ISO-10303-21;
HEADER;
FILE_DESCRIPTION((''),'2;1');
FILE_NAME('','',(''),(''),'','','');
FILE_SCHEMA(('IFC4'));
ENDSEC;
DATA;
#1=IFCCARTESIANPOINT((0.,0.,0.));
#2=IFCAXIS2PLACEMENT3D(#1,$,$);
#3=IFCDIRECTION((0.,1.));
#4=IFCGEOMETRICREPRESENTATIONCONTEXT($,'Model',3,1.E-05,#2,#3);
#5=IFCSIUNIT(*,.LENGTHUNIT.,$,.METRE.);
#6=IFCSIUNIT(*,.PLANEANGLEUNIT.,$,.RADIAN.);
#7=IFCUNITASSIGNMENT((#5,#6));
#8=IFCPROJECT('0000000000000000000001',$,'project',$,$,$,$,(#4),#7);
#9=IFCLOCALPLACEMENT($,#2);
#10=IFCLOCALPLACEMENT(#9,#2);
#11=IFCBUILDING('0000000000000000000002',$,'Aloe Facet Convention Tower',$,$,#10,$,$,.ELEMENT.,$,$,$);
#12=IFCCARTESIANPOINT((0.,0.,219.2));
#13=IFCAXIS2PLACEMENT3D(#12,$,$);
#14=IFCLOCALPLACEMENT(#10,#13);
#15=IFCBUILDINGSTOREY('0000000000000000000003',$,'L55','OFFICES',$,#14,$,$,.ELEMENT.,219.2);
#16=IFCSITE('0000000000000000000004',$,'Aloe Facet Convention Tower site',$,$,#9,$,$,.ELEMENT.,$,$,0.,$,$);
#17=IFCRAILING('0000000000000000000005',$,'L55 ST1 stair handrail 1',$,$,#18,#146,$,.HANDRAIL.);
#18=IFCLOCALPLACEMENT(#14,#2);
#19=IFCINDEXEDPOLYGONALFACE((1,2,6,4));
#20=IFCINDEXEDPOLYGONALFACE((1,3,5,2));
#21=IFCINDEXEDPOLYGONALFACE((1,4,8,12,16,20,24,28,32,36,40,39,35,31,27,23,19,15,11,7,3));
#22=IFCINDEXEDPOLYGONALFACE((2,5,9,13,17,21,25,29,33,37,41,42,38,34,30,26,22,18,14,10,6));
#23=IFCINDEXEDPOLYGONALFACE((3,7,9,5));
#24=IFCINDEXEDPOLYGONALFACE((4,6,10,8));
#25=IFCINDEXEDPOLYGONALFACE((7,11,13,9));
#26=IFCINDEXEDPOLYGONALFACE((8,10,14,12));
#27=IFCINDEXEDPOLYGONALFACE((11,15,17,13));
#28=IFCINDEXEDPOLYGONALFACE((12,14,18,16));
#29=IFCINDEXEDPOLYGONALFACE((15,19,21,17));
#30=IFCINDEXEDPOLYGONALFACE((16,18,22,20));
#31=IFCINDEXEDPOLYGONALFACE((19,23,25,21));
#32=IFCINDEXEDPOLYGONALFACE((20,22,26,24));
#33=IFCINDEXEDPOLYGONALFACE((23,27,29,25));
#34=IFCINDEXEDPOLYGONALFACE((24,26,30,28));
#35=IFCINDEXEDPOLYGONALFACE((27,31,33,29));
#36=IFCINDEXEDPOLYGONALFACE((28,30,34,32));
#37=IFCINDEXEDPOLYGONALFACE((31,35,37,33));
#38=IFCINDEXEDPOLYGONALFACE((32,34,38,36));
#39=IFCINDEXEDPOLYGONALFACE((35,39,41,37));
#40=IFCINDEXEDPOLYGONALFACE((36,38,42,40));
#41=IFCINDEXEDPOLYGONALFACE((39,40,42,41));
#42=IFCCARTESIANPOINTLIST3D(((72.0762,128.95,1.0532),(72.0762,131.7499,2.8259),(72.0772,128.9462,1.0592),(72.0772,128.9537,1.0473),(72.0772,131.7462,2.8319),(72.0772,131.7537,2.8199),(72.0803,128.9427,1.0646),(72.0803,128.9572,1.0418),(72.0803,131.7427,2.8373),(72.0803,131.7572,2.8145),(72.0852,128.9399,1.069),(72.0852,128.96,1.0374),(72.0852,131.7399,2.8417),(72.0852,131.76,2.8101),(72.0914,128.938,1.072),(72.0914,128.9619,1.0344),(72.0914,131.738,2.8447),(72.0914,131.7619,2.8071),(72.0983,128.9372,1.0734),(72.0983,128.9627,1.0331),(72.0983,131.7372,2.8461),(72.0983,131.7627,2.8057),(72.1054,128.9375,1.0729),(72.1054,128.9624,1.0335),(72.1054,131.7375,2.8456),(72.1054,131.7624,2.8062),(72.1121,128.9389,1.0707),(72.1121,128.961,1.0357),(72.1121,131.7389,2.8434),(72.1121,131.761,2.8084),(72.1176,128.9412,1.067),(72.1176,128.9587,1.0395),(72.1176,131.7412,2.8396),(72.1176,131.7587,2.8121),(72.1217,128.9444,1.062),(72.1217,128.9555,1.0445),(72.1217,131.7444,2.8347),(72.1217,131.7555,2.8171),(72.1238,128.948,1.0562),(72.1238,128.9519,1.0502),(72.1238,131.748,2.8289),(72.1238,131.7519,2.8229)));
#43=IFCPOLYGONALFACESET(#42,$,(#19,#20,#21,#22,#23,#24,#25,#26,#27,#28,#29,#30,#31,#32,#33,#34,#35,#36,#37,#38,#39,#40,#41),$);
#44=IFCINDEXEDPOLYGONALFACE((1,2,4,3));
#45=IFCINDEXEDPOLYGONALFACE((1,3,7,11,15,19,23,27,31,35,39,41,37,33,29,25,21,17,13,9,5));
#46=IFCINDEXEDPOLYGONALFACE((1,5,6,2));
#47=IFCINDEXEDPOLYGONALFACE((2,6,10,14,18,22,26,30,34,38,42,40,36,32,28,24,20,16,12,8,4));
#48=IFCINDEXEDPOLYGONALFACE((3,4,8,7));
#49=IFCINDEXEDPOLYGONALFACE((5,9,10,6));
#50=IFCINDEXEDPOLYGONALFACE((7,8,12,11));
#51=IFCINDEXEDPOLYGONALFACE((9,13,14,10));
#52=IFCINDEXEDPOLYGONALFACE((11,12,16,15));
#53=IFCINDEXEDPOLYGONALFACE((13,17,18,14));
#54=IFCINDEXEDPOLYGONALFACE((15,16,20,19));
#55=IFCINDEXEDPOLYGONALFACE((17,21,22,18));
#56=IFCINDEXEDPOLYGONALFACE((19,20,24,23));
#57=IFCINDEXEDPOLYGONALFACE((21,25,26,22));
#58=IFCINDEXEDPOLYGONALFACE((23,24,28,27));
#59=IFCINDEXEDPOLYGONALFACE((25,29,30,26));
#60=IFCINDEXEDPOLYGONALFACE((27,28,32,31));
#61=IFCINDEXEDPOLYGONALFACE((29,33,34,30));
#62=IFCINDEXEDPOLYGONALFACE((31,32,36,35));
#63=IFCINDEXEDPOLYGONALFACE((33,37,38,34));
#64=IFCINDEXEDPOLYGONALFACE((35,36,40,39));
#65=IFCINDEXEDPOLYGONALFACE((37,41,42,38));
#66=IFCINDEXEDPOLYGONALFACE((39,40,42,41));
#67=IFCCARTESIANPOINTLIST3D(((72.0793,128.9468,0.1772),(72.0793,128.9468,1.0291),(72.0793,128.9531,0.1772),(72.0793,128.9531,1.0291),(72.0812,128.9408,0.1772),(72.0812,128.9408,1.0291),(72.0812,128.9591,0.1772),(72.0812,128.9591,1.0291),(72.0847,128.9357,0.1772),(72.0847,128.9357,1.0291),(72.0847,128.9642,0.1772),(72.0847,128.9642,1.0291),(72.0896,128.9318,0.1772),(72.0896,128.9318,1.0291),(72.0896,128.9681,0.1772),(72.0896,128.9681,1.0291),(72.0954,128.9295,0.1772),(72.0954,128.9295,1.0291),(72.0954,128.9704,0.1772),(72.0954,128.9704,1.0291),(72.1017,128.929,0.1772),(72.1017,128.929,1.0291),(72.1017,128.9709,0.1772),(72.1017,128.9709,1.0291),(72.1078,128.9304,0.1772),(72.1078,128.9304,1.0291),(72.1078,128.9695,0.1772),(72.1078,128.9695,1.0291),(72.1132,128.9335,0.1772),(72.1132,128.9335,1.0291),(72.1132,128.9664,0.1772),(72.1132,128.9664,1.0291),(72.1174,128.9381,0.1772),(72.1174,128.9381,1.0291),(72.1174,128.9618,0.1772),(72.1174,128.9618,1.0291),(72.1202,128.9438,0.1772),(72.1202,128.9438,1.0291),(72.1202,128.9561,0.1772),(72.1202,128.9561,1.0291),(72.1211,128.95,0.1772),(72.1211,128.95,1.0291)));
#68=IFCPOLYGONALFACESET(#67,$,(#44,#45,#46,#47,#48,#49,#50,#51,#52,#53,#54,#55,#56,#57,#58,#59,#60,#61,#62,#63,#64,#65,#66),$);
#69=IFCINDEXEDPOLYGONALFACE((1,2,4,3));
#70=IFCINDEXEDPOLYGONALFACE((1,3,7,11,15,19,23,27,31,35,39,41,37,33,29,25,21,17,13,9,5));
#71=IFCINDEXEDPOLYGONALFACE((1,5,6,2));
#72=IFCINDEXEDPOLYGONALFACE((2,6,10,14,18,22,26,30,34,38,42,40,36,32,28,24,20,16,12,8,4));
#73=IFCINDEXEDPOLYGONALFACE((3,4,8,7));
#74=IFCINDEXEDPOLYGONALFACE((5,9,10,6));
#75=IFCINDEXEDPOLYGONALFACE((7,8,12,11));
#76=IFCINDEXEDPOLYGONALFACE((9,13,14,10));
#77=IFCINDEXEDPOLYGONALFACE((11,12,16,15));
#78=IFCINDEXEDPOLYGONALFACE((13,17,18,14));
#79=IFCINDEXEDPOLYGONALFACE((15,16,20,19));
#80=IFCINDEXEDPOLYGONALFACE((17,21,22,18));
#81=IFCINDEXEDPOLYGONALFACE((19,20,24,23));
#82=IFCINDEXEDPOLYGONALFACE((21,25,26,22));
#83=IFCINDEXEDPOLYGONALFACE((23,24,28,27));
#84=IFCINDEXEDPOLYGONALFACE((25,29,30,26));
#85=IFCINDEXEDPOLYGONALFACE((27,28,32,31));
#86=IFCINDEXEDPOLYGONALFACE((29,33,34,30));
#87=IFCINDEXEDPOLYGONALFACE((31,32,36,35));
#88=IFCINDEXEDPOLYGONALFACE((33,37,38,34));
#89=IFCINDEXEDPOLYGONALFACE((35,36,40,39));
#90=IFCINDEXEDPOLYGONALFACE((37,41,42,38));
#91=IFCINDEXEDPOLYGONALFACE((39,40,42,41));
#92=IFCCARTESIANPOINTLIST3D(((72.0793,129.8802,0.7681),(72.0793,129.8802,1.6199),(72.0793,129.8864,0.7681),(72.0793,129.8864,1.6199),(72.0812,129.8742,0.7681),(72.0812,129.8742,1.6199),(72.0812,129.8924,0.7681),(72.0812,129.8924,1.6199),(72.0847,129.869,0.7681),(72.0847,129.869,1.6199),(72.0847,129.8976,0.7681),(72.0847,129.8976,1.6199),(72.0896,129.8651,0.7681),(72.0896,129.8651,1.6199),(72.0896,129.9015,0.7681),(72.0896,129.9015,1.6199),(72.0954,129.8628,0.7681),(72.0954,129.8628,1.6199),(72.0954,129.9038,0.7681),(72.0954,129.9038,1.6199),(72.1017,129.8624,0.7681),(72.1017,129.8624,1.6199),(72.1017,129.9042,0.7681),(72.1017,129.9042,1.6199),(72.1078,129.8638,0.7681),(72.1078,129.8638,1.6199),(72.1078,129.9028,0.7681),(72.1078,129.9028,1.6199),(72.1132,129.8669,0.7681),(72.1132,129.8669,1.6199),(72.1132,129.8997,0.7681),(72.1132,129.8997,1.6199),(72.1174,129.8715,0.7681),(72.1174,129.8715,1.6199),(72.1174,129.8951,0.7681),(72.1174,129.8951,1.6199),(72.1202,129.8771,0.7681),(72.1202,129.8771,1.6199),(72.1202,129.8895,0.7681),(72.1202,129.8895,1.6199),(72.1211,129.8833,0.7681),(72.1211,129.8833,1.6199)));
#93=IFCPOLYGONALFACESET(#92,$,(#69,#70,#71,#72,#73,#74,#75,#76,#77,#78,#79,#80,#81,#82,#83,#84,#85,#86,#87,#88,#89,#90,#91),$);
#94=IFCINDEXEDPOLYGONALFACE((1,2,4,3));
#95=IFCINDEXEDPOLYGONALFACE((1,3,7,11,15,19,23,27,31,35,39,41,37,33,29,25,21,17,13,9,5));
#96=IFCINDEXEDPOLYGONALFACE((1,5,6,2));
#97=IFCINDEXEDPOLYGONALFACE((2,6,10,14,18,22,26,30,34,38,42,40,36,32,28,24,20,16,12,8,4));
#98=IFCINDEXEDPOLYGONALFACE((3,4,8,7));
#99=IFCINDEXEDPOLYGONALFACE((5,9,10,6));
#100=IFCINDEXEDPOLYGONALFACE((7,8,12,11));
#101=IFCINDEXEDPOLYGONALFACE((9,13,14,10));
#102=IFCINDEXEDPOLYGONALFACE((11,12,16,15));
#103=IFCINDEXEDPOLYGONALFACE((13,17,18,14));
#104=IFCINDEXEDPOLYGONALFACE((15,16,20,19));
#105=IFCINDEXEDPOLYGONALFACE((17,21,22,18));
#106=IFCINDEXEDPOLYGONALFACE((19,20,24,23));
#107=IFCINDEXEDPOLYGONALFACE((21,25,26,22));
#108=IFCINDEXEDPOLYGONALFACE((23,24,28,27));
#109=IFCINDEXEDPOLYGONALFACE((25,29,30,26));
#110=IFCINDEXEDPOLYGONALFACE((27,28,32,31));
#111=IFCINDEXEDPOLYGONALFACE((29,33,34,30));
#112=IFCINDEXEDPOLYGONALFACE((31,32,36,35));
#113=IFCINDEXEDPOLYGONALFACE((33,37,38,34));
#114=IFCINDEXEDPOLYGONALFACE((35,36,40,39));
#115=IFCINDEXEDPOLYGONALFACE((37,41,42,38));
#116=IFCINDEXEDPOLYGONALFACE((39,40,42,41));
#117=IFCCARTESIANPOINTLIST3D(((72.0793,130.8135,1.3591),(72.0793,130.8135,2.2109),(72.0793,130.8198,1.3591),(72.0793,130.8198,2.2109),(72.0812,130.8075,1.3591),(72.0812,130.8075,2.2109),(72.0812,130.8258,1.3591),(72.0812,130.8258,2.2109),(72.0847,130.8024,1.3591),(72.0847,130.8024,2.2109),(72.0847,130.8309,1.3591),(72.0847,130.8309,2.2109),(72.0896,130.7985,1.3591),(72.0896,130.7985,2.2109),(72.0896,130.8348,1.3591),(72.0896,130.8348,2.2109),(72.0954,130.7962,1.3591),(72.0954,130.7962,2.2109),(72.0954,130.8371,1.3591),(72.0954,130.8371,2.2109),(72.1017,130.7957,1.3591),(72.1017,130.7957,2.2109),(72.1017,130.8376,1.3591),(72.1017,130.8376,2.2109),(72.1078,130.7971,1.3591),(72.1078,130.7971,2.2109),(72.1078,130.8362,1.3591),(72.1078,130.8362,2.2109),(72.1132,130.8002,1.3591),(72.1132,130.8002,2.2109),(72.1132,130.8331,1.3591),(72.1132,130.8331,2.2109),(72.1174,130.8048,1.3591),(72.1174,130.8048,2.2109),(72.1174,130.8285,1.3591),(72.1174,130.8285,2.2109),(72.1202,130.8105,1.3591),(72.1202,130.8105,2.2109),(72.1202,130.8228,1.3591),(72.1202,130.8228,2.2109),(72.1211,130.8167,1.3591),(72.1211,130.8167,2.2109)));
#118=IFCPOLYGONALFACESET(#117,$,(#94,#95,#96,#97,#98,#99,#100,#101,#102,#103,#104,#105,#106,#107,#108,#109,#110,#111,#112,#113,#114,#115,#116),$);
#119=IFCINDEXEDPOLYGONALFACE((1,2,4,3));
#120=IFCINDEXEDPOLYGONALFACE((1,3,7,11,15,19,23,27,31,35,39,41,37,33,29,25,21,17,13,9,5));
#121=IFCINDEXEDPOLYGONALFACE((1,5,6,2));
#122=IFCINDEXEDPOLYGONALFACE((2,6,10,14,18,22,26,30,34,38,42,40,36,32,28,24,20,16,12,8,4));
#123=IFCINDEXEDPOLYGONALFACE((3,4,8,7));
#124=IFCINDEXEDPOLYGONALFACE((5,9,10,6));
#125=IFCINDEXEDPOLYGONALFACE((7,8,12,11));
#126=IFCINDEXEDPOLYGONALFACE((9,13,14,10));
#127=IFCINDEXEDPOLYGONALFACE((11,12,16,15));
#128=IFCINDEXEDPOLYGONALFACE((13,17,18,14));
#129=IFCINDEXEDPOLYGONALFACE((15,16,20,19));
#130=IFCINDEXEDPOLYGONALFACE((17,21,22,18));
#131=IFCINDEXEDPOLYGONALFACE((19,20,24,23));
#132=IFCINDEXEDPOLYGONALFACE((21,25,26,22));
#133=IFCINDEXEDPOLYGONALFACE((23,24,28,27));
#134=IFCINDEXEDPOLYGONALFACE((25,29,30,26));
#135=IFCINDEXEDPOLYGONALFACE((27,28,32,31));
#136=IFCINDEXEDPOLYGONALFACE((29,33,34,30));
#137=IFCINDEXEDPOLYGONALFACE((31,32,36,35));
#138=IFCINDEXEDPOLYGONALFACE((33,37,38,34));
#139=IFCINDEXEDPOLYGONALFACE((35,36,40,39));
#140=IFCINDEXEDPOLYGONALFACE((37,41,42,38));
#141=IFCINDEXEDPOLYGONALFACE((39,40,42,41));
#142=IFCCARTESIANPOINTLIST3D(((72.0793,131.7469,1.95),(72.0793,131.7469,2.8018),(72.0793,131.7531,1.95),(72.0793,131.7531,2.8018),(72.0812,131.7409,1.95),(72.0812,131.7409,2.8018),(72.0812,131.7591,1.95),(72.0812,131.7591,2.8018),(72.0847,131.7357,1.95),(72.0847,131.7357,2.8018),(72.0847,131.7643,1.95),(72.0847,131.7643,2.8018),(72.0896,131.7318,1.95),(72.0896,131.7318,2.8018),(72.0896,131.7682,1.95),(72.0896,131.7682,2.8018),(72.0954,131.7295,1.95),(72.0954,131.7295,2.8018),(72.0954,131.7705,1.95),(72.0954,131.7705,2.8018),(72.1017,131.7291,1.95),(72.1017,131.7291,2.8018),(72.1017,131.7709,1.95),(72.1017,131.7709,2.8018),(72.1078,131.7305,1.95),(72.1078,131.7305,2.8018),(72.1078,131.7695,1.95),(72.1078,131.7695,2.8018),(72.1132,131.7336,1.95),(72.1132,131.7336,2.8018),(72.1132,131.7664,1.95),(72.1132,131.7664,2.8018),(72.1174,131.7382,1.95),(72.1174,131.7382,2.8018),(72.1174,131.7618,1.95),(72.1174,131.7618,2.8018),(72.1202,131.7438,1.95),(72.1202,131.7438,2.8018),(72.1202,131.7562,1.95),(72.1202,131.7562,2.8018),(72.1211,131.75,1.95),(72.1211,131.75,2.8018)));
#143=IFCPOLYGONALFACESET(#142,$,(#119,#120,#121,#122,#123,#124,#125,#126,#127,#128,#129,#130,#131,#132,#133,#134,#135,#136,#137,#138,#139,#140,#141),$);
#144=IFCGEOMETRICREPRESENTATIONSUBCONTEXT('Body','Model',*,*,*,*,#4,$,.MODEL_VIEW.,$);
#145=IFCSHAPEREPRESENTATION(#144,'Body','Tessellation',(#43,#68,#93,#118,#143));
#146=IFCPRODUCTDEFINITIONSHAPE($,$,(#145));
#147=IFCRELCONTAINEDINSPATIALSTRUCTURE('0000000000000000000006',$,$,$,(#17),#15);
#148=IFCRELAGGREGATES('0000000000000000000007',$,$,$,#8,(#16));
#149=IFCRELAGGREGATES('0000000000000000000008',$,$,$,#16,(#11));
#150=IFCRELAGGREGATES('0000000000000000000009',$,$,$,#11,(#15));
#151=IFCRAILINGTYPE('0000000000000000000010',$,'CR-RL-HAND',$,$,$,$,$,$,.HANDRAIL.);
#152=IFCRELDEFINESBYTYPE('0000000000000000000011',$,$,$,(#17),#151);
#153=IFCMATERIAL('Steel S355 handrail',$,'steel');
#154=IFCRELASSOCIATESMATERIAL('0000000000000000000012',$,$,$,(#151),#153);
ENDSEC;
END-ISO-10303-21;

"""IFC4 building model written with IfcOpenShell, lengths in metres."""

from ifc_helpers import new_model, si_unit, direction, frame, origin, origin_2d, place, context, subcontext, project, spatial, circle, extrude, material, type_object, element, save


model = new_model("IFC4")

# Units and contexts
model_context = context("Model", 3, precision=1e-05, world=origin(), true_north=direction((0.0, 1.0)))
body_context = subcontext(model_context, "Body", "Model", "MODEL_VIEW")
ifc_project = project(units=[si_unit("LENGTHUNIT", "METRE"), si_unit("PLANEANGLEUNIT", "RADIAN")], contexts=[model_context])

# Site, building, storey
site_placement = place(None, origin())
site = spatial("IfcSite", under=ifc_project, at=site_placement, Name="Aloe Facet Convention Tower site", CompositionType="ELEMENT", RefElevation=0.0)
building_placement = place(site_placement, origin())
building = spatial("IfcBuilding", under=site, at=building_placement, Name="Aloe Facet Convention Tower", CompositionType="ELEMENT")
storey_placement = place(building_placement, frame((0.0, 0.0, 219.2)))
storey = spatial("IfcBuildingStorey", under=building, at=storey_placement, Name="L55", Description="OFFICES", CompositionType="ELEMENT", Elevation=219.2)

# Railing
ifc_material_1 = material(Name="Steel S355 handrail", Category="steel")
railing_type_1 = type_object("IfcRailingType", Name="CR-RL-HAND", PredefinedType="HANDRAIL", material=ifc_material_1)
railing_1_placement = place(storey_placement, frame((72.1001, 128.95, 0.1772)))
element("IfcRailing", 1, at=railing_1_placement, inside=storey, type_object=railing_type_1, Name="L55 ST1 stair handrail 1", PredefinedType="HANDRAIL", context=body_context, shape_type="SweptSolid", body=[
    extrude(circle(Radius=0.0239, at=origin_2d()), frame((0.0, 0.0, 0.876), z_axis=(0.0, 0.844909, 0.53491), x_axis=(-1.0, 0.0, 0.0)), (0.0, 0.0, 1.0), 3.314),
    extrude(circle(Radius=0.021, at=origin_2d()), origin(), (0.0, 0.0, 1.0), 0.8518),
    extrude(circle(Radius=0.021, at=origin_2d()), frame((0.0, 0.9333, 0.5908)), (0.0, 0.0, 1.0), 0.8518),
    extrude(circle(Radius=0.021, at=origin_2d()), frame((0.0, 1.8667, 1.1819)), (0.0, 0.0, 1.0), 0.8518),
    extrude(circle(Radius=0.021, at=origin_2d()), frame((0.0, 2.8, 1.7727)), (0.0, 0.0, 1.0), 0.8518),
])

save(model, "model.ifc")
